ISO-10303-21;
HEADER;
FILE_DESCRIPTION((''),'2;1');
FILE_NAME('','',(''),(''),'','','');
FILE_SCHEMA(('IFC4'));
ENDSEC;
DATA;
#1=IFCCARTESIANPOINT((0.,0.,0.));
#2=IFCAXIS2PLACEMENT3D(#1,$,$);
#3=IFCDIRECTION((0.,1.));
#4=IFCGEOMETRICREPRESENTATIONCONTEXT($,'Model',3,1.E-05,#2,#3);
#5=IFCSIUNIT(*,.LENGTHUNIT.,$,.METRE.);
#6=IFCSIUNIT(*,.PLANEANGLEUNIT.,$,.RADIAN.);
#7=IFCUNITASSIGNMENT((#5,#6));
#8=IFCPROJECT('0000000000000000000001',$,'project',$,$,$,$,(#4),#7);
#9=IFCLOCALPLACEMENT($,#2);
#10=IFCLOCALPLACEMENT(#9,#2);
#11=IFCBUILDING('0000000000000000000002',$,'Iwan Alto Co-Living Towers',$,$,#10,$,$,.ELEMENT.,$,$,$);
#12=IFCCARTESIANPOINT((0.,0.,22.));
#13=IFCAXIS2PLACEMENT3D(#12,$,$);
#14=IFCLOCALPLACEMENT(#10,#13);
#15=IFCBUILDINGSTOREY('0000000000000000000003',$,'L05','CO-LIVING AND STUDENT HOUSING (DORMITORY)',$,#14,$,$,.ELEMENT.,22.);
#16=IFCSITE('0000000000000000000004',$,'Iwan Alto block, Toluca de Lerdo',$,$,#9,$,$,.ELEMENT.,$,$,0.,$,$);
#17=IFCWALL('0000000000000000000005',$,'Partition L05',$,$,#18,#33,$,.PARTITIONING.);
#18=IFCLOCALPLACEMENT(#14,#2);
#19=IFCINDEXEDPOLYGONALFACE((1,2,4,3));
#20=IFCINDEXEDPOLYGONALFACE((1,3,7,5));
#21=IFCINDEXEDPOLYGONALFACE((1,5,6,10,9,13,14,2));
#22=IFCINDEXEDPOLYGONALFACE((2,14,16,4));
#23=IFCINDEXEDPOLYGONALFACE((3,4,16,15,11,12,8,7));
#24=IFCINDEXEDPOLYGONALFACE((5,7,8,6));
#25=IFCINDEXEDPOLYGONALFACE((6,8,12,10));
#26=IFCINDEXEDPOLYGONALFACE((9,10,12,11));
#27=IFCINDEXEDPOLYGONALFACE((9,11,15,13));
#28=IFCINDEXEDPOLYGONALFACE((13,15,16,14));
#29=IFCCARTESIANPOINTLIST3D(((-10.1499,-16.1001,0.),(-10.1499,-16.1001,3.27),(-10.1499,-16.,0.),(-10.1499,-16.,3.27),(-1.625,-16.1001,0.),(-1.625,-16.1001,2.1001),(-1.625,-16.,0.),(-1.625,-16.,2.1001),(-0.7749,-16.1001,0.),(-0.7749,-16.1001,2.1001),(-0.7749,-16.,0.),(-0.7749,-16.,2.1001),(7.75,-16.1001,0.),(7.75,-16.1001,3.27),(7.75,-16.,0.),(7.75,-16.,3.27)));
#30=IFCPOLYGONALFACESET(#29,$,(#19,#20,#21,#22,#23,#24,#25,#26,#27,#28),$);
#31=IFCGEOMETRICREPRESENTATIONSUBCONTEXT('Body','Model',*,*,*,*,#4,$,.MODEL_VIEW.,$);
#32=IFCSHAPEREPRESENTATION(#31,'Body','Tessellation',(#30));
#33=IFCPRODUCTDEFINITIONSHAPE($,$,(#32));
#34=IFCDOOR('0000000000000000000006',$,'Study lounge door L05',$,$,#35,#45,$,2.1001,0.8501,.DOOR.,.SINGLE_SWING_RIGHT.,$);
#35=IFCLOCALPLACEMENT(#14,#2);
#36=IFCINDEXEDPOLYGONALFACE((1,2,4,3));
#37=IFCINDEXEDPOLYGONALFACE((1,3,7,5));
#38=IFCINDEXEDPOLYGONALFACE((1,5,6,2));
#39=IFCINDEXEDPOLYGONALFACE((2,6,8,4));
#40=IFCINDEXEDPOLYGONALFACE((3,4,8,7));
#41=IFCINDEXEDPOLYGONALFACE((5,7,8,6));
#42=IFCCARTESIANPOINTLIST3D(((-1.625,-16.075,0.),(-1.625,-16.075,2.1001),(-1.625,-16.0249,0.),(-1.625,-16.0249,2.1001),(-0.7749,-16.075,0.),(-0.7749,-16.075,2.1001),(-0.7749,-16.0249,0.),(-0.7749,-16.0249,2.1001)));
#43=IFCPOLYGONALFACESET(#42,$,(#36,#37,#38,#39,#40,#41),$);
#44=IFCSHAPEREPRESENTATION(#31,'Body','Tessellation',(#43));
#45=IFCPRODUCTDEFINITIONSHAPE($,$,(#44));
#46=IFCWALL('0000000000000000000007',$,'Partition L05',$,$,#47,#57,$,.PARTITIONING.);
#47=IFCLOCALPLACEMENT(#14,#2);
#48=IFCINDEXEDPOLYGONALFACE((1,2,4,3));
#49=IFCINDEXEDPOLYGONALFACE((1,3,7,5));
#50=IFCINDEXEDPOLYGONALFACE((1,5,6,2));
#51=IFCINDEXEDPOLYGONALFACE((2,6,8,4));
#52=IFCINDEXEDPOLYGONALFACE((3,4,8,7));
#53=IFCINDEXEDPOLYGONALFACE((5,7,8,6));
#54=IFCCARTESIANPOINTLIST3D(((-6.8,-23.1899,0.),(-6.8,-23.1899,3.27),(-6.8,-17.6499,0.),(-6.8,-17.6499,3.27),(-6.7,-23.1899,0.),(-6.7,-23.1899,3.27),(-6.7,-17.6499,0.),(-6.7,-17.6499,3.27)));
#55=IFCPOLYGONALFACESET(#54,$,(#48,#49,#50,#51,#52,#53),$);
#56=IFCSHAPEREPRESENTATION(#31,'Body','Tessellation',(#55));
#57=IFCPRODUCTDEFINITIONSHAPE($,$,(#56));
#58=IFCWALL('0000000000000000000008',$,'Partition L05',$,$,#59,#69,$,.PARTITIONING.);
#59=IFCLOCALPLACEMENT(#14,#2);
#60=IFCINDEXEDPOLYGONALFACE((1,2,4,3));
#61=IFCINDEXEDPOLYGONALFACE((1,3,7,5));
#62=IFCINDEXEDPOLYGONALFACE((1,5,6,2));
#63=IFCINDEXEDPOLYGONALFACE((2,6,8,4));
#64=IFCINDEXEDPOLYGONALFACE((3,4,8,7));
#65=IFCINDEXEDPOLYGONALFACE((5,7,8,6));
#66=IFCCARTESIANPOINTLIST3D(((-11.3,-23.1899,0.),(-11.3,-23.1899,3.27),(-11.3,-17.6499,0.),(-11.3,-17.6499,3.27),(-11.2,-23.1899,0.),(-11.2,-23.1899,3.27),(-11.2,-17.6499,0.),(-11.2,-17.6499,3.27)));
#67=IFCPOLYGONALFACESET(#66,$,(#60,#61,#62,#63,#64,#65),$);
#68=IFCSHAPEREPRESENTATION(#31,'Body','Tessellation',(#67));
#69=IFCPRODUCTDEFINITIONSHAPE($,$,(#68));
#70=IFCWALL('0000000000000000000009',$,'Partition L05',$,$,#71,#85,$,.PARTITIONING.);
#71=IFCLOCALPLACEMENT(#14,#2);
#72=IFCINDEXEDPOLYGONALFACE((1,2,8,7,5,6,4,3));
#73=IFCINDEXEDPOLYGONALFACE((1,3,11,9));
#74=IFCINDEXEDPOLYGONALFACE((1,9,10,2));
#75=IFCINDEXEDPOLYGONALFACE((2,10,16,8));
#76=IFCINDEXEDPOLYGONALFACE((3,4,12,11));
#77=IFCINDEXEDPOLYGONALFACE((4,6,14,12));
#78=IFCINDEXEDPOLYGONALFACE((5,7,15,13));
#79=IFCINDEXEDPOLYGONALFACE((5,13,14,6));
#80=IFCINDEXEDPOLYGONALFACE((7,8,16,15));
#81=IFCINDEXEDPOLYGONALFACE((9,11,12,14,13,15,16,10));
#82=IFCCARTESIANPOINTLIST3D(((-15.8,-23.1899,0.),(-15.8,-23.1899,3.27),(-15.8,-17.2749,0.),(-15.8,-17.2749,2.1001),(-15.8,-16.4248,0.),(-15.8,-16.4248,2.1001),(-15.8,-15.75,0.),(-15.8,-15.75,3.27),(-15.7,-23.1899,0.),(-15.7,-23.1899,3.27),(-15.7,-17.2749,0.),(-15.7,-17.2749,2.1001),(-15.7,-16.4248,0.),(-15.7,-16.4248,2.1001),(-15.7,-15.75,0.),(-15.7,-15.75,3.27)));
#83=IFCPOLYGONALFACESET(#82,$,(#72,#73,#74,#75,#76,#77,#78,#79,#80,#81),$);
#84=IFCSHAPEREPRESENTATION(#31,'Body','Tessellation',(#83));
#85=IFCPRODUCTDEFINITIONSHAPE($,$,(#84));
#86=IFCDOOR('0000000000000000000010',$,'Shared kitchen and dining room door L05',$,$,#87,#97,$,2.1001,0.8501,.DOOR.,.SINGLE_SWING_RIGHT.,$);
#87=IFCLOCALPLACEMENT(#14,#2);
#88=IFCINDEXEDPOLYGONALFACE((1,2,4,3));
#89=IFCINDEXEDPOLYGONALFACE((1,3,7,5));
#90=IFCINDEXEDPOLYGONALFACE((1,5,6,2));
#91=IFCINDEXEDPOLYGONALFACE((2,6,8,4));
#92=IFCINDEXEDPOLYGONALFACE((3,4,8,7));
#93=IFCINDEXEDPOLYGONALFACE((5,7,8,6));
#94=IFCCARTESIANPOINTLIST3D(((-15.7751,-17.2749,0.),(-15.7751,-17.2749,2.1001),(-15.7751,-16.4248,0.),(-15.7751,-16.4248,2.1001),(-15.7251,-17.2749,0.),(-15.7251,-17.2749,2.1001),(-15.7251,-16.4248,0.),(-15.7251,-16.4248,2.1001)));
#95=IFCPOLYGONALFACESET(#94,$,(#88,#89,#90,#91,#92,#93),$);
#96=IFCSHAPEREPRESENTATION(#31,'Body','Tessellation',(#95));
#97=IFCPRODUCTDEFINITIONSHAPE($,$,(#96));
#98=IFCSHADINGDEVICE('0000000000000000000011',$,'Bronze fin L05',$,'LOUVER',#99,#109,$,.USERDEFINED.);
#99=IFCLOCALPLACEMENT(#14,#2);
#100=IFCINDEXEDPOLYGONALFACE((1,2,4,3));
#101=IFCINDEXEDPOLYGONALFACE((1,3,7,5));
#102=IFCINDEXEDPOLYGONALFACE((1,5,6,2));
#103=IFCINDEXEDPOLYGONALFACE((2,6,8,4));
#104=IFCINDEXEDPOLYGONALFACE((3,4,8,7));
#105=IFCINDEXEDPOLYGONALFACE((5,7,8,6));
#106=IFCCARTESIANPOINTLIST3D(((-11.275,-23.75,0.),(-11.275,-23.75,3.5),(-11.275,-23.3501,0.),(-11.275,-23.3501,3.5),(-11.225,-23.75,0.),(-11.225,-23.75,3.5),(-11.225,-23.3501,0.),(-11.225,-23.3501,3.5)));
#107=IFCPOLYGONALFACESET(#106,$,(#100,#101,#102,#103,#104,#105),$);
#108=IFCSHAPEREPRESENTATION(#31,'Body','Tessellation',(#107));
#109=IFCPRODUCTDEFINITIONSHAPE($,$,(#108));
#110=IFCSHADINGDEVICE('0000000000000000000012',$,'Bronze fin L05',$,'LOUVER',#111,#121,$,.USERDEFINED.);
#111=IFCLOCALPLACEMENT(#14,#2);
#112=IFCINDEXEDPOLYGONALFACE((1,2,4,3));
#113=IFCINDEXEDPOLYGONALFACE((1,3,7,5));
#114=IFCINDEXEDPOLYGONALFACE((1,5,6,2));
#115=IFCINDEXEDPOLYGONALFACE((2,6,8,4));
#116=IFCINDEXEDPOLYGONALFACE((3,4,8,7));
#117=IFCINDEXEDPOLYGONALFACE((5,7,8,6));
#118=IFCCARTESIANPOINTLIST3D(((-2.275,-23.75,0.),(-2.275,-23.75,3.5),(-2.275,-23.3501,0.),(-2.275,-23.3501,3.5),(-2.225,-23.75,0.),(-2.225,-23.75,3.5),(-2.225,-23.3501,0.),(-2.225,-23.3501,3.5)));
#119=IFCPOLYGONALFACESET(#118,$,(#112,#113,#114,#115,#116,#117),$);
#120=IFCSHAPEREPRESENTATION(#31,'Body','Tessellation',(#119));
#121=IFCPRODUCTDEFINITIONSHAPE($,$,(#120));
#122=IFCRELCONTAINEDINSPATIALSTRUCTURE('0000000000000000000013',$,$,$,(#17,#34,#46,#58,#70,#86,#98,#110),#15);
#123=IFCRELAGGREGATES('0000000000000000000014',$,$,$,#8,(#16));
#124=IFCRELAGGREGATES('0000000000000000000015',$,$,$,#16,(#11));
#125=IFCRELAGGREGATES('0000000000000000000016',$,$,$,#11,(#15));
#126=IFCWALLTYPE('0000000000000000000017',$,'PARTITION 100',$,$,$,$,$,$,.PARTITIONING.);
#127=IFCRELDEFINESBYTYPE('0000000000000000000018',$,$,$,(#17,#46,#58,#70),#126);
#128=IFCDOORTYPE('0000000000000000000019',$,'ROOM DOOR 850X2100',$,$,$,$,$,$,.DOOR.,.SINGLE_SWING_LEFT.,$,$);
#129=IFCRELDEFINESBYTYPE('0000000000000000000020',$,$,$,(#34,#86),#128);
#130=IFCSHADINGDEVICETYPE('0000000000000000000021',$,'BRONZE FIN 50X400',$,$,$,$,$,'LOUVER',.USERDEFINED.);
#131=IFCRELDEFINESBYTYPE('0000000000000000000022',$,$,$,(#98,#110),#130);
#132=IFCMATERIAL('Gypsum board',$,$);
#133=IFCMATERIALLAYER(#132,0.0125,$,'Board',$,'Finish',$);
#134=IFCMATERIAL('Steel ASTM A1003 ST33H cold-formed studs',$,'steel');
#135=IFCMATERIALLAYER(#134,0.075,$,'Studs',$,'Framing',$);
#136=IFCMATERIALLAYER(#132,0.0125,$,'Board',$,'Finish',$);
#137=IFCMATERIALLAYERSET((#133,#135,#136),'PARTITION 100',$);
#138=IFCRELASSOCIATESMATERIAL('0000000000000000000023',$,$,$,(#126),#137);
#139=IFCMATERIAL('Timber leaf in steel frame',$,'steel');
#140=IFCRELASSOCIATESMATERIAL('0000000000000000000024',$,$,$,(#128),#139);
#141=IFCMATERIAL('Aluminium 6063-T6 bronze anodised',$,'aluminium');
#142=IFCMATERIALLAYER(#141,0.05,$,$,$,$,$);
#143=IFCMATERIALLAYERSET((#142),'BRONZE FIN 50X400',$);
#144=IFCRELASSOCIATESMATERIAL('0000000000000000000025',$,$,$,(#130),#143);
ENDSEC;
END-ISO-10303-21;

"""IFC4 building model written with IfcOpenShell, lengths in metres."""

from ifc_helpers import new_model, si_unit, direction, frame, frame_2d, origin, origin_2d, place, context, subcontext, project, spatial, rectangle, extrude, material, layer, layer_set, type_object, element, fill, save


model = new_model("IFC4")

# Units and contexts
model_context = context("Model", 3, precision=1e-05, world=origin(), true_north=direction((0.0, 1.0)))
body_context = subcontext(model_context, "Body", "Model", "MODEL_VIEW")
ifc_project = project(units=[si_unit("LENGTHUNIT", "METRE"), si_unit("PLANEANGLEUNIT", "RADIAN")], contexts=[model_context])

# Site, building, storey
site_placement = place(None, origin())
site = spatial("IfcSite", under=ifc_project, at=site_placement, Name="Iwan Alto block, Toluca de Lerdo", CompositionType="ELEMENT", RefElevation=0.0)
building_placement = place(site_placement, origin())
building = spatial("IfcBuilding", under=site, at=building_placement, Name="Iwan Alto Co-Living Towers", CompositionType="ELEMENT")
storey_placement = place(building_placement, frame((0.0, 0.0, 22.0)))
storey = spatial("IfcBuildingStorey", under=building, at=storey_placement, Name="L05", Description="CO-LIVING AND STUDENT HOUSING (DORMITORY)", CompositionType="ELEMENT", Elevation=22.0)

# Shared definitions
ifc_material_1 = material(Name="Gypsum board")
ifc_layer_1 = layer(ifc_material_1, 0.0125, Name="Board", Category="Finish")
ifc_material_2 = material(Name="Steel ASTM A1003 ST33H cold-formed studs", Category="steel")
ifc_layer_2 = layer(ifc_material_2, 0.075, Name="Studs", Category="Framing")
ifc_layer_3 = layer(ifc_material_1, 0.0125, Name="Board", Category="Finish")
ifc_layer_set_1 = layer_set([ifc_layer_1, ifc_layer_2, ifc_layer_3], Name="PARTITION 100")
wall_type = type_object("IfcWallType", Name="PARTITION 100", PredefinedType="PARTITIONING", material=ifc_layer_set_1)

# Wall, opening, door
wall_1_placement = place(storey_placement, frame((-10.1499, -16.05, 0.0), z_axis=(0.0, 0.0, 1.0), x_axis=(1.0, 0.0, 0.0)))
wall_1 = element("IfcWall", 1, at=wall_1_placement, inside=storey, type_object=wall_type, Name="Partition L05", PredefinedType="PARTITIONING", context=body_context, shape_type="SweptSolid", body=[
    extrude(rectangle(XDim=17.8999, YDim=0.1001, at=frame_2d((8.95, 0.0))), origin(), (0.0, 0.0, 1.0), 3.27),
])
opening_1_placement = place(wall_1_placement, frame((8.5249, 0.0, 0.0)))
opening_1 = element("IfcOpeningElement", 2, at=opening_1_placement, cuts=wall_1, PredefinedType="OPENING", context=body_context, shape_type="SweptSolid", body=[
    extrude(rectangle(XDim=0.8501, YDim=2.1001, at=frame_2d((0.425, 1.05))), frame((0.0, 0.0601, 0.0), z_axis=(0.0, -1.0, 0.0), x_axis=(1.0, 0.0, 0.0)), (0.0, 0.0, 1.0), 0.1201),
])
ifc_material_3 = material(Name="Timber leaf in steel frame", Category="steel")
door_type_1 = type_object("IfcDoorType", Name="ROOM DOOR 850X2100", OperationType="SINGLE_SWING_LEFT", PredefinedType="DOOR", material=ifc_material_3)
door_1_placement = place(opening_1_placement, frame((0.8501, 0.0, 0.0), z_axis=(0.0, 0.0, 1.0), x_axis=(-1.0, 0.0, 0.0)))
door_1 = element("IfcDoor", 3, at=door_1_placement, inside=storey, type_object=door_type_1, Name="Study lounge door L05", OperationType="SINGLE_SWING_RIGHT", OverallHeight=2.1001, OverallWidth=0.8501, PredefinedType="DOOR", context=body_context, shape_type="SweptSolid", body=[
    extrude(rectangle(XDim=0.8501, YDim=2.1001, at=frame_2d((0.425, 1.05))), frame((0.0, 0.0249, 0.0), z_axis=(0.0, -1.0, 0.0), x_axis=(1.0, 0.0, 0.0)), (0.0, 0.0, 1.0), 0.05),
])
fill(opening_1, door_1)

# Walls
for number, where, z_axis, x_axis, name in (
    (4, (-6.75, -23.1899, 0.0), (0.0, 0.0, 1.0), (0.0, 1.0, 0.0), "Partition L05"),
    (5, (-11.25, -23.1899, 0.0), (0.0, 0.0, 1.0), (0.0, 1.0, 0.0), "Partition L05"),
):
    element("IfcWall", number, at=place(storey_placement, frame(where, z_axis=z_axis, x_axis=x_axis)), inside=storey, type_object=wall_type, Name=name, PredefinedType="PARTITIONING", context=body_context, shape_type="SweptSolid", body=[
        extrude(rectangle(XDim=5.54, YDim=0.1001, at=frame_2d((2.77, 0.0))), origin(), (0.0, 0.0, 1.0), 3.27),
    ])

# Wall, opening, door
wall_2_placement = place(storey_placement, frame((-15.75, -23.1899, 0.0), z_axis=(0.0, 0.0, 1.0), x_axis=(0.0, 1.0, 0.0)))
wall_2 = element("IfcWall", 6, at=wall_2_placement, inside=storey, type_object=wall_type, Name="Partition L05", PredefinedType="PARTITIONING", context=body_context, shape_type="SweptSolid", body=[
    extrude(rectangle(XDim=7.4399, YDim=0.1001, at=frame_2d((3.72, 0.0))), origin(), (0.0, 0.0, 1.0), 3.27),
])
opening_2_placement = place(wall_2_placement, frame((5.915, 0.0, 0.0)))
opening_2 = element("IfcOpeningElement", 7, at=opening_2_placement, cuts=wall_2, PredefinedType="OPENING", context=body_context, shape_type="SweptSolid", body=[
    extrude(rectangle(XDim=0.8501, YDim=2.1001, at=frame_2d((0.425, 1.05))), frame((0.0, 0.0601, 0.0), z_axis=(0.0, -1.0, 0.0), x_axis=(1.0, 0.0, 0.0)), (0.0, 0.0, 1.0), 0.1201),
])
door_2_placement = place(opening_2_placement, frame((0.8501, 0.0, 0.0), z_axis=(0.0, 0.0, 1.0), x_axis=(-1.0, 0.0, 0.0)))
door_2 = element("IfcDoor", 8, at=door_2_placement, inside=storey, type_object=door_type_1, Name="Shared kitchen and dining room door L05", OperationType="SINGLE_SWING_RIGHT", OverallHeight=2.1001, OverallWidth=0.8501, PredefinedType="DOOR", context=body_context, shape_type="SweptSolid", body=[
    extrude(rectangle(XDim=0.8501, YDim=2.1001, at=frame_2d((0.425, 1.05))), frame((0.0, 0.0249, 0.0), z_axis=(0.0, -1.0, 0.0), x_axis=(1.0, 0.0, 0.0)), (0.0, 0.0, 1.0), 0.05),
])
fill(opening_2, door_2)

# Shading devices
ifc_material_4 = material(Name="Aluminium 6063-T6 bronze anodised", Category="aluminium")
ifc_layer_4 = layer(ifc_material_4, 0.05)
ifc_layer_set_2 = layer_set([ifc_layer_4], Name="BRONZE FIN 50X400")
shading_device_type = type_object("IfcShadingDeviceType", Name="BRONZE FIN 50X400", ElementType="LOUVER", PredefinedType="USERDEFINED", material=ifc_layer_set_2)
for number, where, z_axis, x_axis, name in (
    (9, (-11.25, -23.55, 0.0), (0.0, 0.0, 1.0), (1.0, 0.0, 0.0), "Bronze fin L05"),
    (10, (-2.25, -23.55, 0.0), (0.0, 0.0, 1.0), (1.0, 0.0, 0.0), "Bronze fin L05"),
):
    element("IfcShadingDevice", number, at=place(storey_placement, frame(where, z_axis=z_axis, x_axis=x_axis)), inside=storey, type_object=shading_device_type, Name=name, ObjectType="LOUVER", PredefinedType="USERDEFINED", context=body_context, shape_type="SweptSolid", body=[
        extrude(rectangle(XDim=0.05, YDim=0.3999, at=origin_2d()), origin(), (0.0, 0.0, 1.0), 3.5),
    ])

save(model, "model.ifc")
